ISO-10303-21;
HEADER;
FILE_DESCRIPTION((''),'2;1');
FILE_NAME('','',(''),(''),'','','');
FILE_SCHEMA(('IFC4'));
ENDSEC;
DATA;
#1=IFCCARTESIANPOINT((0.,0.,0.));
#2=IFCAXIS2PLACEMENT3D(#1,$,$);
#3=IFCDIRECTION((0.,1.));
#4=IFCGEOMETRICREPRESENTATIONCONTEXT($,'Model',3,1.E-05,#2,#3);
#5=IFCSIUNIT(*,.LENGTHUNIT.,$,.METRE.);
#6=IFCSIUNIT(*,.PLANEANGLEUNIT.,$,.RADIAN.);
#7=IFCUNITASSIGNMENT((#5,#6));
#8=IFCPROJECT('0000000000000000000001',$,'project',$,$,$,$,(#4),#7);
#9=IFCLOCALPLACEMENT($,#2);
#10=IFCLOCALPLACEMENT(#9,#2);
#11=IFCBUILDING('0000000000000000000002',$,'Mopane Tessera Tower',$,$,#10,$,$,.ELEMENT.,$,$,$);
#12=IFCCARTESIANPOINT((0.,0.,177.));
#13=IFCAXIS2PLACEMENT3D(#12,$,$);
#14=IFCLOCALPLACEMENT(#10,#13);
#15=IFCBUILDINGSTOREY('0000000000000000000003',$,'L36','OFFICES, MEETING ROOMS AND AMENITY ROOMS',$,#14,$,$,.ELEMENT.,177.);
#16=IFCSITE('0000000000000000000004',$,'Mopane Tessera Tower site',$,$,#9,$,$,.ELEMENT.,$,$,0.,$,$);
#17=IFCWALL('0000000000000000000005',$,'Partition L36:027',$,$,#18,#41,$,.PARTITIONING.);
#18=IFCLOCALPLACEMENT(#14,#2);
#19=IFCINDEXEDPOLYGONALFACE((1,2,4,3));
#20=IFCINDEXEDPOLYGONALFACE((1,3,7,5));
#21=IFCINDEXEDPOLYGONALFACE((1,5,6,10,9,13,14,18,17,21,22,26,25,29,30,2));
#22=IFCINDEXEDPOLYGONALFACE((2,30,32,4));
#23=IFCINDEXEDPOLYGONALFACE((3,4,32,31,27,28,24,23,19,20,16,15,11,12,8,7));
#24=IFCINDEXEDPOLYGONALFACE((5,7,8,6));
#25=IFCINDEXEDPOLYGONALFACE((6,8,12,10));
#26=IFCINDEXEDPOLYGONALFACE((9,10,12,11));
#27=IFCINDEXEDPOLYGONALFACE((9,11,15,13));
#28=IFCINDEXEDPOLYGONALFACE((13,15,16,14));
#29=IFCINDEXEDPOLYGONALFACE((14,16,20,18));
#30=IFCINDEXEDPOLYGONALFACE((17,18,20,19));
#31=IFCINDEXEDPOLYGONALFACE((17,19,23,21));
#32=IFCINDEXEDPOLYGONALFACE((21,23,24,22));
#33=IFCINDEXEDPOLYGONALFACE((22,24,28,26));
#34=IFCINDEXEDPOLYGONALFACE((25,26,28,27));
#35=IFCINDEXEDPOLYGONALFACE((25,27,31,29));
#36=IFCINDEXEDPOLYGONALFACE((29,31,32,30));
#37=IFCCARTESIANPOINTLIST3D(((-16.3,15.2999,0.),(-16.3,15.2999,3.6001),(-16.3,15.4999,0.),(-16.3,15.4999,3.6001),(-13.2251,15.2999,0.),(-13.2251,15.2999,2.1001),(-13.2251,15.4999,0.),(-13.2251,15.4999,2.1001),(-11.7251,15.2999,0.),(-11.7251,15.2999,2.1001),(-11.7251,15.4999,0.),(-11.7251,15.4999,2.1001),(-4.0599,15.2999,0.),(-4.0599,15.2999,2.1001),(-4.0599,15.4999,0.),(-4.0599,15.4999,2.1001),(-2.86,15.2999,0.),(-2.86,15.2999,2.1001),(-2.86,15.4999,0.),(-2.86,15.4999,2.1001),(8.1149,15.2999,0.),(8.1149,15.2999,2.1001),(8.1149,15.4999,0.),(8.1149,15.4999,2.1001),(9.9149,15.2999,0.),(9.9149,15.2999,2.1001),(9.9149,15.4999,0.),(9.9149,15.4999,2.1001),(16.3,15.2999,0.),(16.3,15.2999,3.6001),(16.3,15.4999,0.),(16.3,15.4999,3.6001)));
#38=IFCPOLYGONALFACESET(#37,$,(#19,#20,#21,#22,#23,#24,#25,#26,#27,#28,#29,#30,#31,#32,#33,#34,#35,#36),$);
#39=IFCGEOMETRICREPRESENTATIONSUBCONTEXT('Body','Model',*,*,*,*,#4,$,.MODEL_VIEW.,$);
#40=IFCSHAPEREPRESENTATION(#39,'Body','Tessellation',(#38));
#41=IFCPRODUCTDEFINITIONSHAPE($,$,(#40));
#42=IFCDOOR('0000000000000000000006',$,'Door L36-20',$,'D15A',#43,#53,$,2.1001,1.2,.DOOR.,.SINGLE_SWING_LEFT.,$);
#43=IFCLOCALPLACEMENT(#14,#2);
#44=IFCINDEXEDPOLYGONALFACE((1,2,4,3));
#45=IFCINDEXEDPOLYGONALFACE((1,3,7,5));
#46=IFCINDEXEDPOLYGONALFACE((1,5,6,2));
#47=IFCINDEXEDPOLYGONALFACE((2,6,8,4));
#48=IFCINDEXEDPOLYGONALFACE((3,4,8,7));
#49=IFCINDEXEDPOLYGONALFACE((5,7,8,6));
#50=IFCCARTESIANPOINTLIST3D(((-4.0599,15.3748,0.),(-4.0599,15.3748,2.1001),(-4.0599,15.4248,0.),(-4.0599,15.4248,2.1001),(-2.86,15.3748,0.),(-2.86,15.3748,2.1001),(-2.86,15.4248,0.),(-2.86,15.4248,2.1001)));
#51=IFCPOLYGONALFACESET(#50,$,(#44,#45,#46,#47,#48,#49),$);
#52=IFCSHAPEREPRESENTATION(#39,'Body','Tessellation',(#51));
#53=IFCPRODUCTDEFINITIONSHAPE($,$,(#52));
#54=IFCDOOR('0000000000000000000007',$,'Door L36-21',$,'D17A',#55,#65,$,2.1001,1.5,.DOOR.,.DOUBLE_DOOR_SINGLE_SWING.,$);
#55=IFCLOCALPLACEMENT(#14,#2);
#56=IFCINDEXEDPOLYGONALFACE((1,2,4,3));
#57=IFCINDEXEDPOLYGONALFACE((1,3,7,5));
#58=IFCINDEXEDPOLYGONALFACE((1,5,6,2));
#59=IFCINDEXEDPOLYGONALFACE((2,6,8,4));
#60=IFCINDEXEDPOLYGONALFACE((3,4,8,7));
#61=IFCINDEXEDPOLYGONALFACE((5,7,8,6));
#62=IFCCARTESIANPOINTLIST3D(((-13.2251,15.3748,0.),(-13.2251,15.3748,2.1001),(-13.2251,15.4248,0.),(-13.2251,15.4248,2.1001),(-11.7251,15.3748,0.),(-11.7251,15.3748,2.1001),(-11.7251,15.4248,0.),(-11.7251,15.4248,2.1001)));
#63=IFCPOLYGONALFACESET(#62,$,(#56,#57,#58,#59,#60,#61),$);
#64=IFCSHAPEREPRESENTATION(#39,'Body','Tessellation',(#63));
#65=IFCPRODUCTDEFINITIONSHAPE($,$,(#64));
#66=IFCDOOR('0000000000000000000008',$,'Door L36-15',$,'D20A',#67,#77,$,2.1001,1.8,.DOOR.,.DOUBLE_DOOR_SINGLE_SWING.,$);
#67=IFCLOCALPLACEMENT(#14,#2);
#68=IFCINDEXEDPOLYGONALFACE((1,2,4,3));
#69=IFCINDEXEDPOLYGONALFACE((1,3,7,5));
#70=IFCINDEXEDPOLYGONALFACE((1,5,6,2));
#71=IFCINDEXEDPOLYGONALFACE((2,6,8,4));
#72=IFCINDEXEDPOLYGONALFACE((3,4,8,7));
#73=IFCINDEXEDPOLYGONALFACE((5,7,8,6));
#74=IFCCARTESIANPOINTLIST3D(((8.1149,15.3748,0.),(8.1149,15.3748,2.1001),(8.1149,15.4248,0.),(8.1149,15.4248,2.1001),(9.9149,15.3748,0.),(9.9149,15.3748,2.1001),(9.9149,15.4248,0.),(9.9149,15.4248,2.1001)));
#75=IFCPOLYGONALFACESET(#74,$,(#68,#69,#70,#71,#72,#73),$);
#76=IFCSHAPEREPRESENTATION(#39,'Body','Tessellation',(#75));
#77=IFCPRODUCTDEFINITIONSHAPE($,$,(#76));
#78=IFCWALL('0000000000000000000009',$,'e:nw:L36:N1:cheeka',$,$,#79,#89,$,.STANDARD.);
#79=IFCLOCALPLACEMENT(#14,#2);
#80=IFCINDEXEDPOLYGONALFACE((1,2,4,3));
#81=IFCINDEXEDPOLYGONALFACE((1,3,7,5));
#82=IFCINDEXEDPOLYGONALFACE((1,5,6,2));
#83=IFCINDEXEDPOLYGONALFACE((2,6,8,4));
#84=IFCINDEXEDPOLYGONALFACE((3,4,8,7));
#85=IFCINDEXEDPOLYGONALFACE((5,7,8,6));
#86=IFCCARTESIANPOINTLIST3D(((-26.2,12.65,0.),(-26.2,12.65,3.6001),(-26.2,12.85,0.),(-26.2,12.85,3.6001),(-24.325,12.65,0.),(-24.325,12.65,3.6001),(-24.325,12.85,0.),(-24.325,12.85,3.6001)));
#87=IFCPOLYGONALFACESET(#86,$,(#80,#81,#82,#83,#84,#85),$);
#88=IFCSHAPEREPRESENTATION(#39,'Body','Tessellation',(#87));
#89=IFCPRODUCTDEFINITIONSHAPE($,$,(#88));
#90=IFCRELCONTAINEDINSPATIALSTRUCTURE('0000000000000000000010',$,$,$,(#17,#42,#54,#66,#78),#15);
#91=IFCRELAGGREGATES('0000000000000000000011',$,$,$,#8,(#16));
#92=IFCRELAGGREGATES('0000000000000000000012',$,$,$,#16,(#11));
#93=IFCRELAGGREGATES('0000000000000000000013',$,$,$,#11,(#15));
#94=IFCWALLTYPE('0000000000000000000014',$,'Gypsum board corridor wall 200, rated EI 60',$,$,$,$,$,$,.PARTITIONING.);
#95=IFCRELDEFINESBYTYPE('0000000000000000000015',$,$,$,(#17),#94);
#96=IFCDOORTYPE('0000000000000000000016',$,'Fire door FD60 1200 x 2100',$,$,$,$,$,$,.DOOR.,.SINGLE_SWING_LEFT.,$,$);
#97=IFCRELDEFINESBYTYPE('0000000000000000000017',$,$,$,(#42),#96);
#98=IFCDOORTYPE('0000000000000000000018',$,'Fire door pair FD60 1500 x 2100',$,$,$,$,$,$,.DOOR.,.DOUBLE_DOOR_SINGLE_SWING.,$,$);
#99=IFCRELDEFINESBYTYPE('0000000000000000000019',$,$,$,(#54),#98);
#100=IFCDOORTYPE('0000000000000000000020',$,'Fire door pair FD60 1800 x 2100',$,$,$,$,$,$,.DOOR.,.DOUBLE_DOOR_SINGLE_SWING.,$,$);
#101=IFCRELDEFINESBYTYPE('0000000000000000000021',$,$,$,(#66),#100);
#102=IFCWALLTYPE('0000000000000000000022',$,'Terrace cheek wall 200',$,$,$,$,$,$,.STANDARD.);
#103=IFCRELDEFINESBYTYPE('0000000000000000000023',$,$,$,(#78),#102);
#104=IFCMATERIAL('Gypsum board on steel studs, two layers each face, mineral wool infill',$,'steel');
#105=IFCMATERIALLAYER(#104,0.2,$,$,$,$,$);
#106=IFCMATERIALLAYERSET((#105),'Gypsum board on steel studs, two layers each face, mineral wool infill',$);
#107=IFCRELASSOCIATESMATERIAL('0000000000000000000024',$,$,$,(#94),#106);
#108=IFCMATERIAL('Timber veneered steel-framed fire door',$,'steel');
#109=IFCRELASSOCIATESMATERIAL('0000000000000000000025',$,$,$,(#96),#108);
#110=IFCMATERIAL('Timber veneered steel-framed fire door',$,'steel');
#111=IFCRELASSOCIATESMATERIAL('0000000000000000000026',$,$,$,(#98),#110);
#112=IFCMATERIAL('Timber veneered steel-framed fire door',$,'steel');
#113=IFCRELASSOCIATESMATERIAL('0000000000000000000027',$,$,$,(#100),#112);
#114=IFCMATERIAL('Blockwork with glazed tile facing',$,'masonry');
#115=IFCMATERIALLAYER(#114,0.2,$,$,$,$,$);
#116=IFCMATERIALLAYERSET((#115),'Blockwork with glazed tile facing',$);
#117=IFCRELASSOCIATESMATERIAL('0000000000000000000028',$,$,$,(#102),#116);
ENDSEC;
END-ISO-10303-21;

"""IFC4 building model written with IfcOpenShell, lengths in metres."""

from ifc_helpers import new_model, si_unit, direction, frame, frame_2d, origin, place, context, subcontext, project, spatial, rectangle, extrude, material, layer, layer_set, type_object, element, fill, save


model = new_model("IFC4")

# Units and contexts
model_context = context("Model", 3, precision=1e-05, world=origin(), true_north=direction((0.0, 1.0)))
body_context = subcontext(model_context, "Body", "Model", "MODEL_VIEW")
ifc_project = project(units=[si_unit("LENGTHUNIT", "METRE"), si_unit("PLANEANGLEUNIT", "RADIAN")], contexts=[model_context])

# Site, building, storey
site_placement = place(None, origin())
site = spatial("IfcSite", under=ifc_project, at=site_placement, Name="Mopane Tessera Tower site", CompositionType="ELEMENT", RefElevation=0.0)
building_placement = place(site_placement, origin())
building = spatial("IfcBuilding", under=site, at=building_placement, Name="Mopane Tessera Tower", CompositionType="ELEMENT")
storey_placement = place(building_placement, frame((0.0, 0.0, 177.0)))
storey = spatial("IfcBuildingStorey", under=building, at=storey_placement, Name="L36", Description="OFFICES, MEETING ROOMS AND AMENITY ROOMS", CompositionType="ELEMENT", Elevation=177.0)

# Shared definitions
ifc_material_1 = material(Name="Gypsum board on steel studs, two layers each face, mineral wool infill", Category="steel")
ifc_layer_1 = layer(ifc_material_1, 0.2)
ifc_layer_set_1 = layer_set([ifc_layer_1], Name="Gypsum board on steel studs, two layers each face, mineral wool infill")
wall_type_1 = type_object("IfcWallType", Name="Gypsum board corridor wall 200, rated EI 60", PredefinedType="PARTITIONING", material=ifc_layer_set_1)

# Wall, openings, doors
wall_1_placement = place(storey_placement, frame((-16.3, 15.3999, 0.0), z_axis=(0.0, 0.0, 1.0), x_axis=(1.0, 0.0, 0.0)))
wall_1 = element("IfcWall", 1, at=wall_1_placement, inside=storey, type_object=wall_type_1, Name="Partition L36:027", PredefinedType="PARTITIONING", context=body_context, shape_type="SweptSolid", body=[
    extrude(rectangle(XDim=32.6001, YDim=0.2, at=frame_2d((16.3, 0.0))), origin(), (0.0, 0.0, 1.0), 3.6001),
])
opening_1_placement = place(wall_1_placement, frame((24.415, 0.0, 0.0)))
opening_1 = element("IfcOpeningElement", 2, at=opening_1_placement, cuts=wall_1, PredefinedType="OPENING", context=body_context, shape_type="SweptSolid", body=[
    extrude(rectangle(XDim=1.8, YDim=2.1001, at=frame_2d((0.8999, 1.05))), frame((0.0, 0.1121, 0.0), z_axis=(0.0, -1.0, 0.0), x_axis=(1.0, 0.0, 0.0)), (0.0, 0.0, 1.0), 0.2239),
])
opening_2_placement = place(wall_1_placement, frame((12.24, 0.0, 0.0)))
opening_2 = element("IfcOpeningElement", 3, at=opening_2_placement, cuts=wall_1, PredefinedType="OPENING", context=body_context, shape_type="SweptSolid", body=[
    extrude(rectangle(XDim=1.2, YDim=2.1001, at=frame_2d((0.6001, 1.05))), frame((0.0, 0.1121, 0.0), z_axis=(0.0, -1.0, 0.0), x_axis=(1.0, 0.0, 0.0)), (0.0, 0.0, 1.0), 0.2239),
])
opening_3_placement = place(wall_1_placement, frame((3.075, 0.0, 0.0)))
opening_3 = element("IfcOpeningElement", 4, at=opening_3_placement, cuts=wall_1, PredefinedType="OPENING", context=body_context, shape_type="SweptSolid", body=[
    extrude(rectangle(XDim=1.5, YDim=2.1001, at=frame_2d((0.75, 1.05))), frame((0.0, 0.1121, 0.0), z_axis=(0.0, -1.0, 0.0), x_axis=(1.0, 0.0, 0.0)), (0.0, 0.0, 1.0), 0.2239),
])
ifc_material_2 = material(Name="Timber veneered steel-framed fire door", Category="steel")
door_type_1 = type_object("IfcDoorType", Name="Fire door FD60 1200 x 2100", OperationType="SINGLE_SWING_LEFT", PredefinedType="DOOR", material=ifc_material_2)
door_1_placement = place(opening_2_placement, origin())
door_1 = element("IfcDoor", 5, at=door_1_placement, inside=storey, type_object=door_type_1, Name="Door L36-20", ObjectType="D15A", OperationType="SINGLE_SWING_LEFT", OverallHeight=2.1001, OverallWidth=1.2, PredefinedType="DOOR", context=body_context, shape_type="SweptSolid", body=[
    extrude(rectangle(XDim=1.2, YDim=2.1001, at=frame_2d((0.6001, 1.05))), frame((0.0, 0.0249, 0.0), z_axis=(0.0, -1.0, 0.0), x_axis=(1.0, 0.0, 0.0)), (0.0, 0.0, 1.0), 0.05),
])
fill(opening_2, door_1)
ifc_material_3 = material(Name="Timber veneered steel-framed fire door", Category="steel")
door_type_2 = type_object("IfcDoorType", Name="Fire door pair FD60 1500 x 2100", OperationType="DOUBLE_DOOR_SINGLE_SWING", PredefinedType="DOOR", material=ifc_material_3)
door_2_placement = place(opening_3_placement, origin())
door_2 = element("IfcDoor", 6, at=door_2_placement, inside=storey, type_object=door_type_2, Name="Door L36-21", ObjectType="D17A", OperationType="DOUBLE_DOOR_SINGLE_SWING", OverallHeight=2.1001, OverallWidth=1.5, PredefinedType="DOOR", context=body_context, shape_type="SweptSolid", body=[
    extrude(rectangle(XDim=1.5, YDim=2.1001, at=frame_2d((0.75, 1.05))), frame((0.0, 0.0249, 0.0), z_axis=(0.0, -1.0, 0.0), x_axis=(1.0, 0.0, 0.0)), (0.0, 0.0, 1.0), 0.05),
])
fill(opening_3, door_2)
ifc_material_4 = material(Name="Timber veneered steel-framed fire door", Category="steel")
door_type_3 = type_object("IfcDoorType", Name="Fire door pair FD60 1800 x 2100", OperationType="DOUBLE_DOOR_SINGLE_SWING", PredefinedType="DOOR", material=ifc_material_4)
door_3_placement = place(opening_1_placement, origin())
door_3 = element("IfcDoor", 7, at=door_3_placement, inside=storey, type_object=door_type_3, Name="Door L36-15", ObjectType="D20A", OperationType="DOUBLE_DOOR_SINGLE_SWING", OverallHeight=2.1001, OverallWidth=1.8, PredefinedType="DOOR", context=body_context, shape_type="SweptSolid", body=[
    extrude(rectangle(XDim=1.8, YDim=2.1001, at=frame_2d((0.8999, 1.05))), frame((0.0, 0.0249, 0.0), z_axis=(0.0, -1.0, 0.0), x_axis=(1.0, 0.0, 0.0)), (0.0, 0.0, 1.0), 0.05),
])
fill(opening_1, door_3)

# Wall
ifc_material_5 = material(Name="Blockwork with glazed tile facing", Category="masonry")
ifc_layer_2 = layer(ifc_material_5, 0.2)
ifc_layer_set_2 = layer_set([ifc_layer_2], Name="Blockwork with glazed tile facing")
wall_type_2 = type_object("IfcWallType", Name="Terrace cheek wall 200", PredefinedType="STANDARD", material=ifc_layer_set_2)
wall_2_placement = place(storey_placement, frame((-26.2, 12.75, 0.0), z_axis=(0.0, 0.0, 1.0), x_axis=(1.0, 0.0, 0.0)))
element("IfcWall", 8, at=wall_2_placement, inside=storey, type_object=wall_type_2, Name="e:nw:L36:N1:cheeka", PredefinedType="STANDARD", context=body_context, shape_type="SweptSolid", body=[
    extrude(rectangle(XDim=1.875, YDim=0.2, at=frame_2d((0.9375, 0.0))), origin(), (0.0, 0.0, 1.0), 3.6001),
])

save(model, "model.ifc")
